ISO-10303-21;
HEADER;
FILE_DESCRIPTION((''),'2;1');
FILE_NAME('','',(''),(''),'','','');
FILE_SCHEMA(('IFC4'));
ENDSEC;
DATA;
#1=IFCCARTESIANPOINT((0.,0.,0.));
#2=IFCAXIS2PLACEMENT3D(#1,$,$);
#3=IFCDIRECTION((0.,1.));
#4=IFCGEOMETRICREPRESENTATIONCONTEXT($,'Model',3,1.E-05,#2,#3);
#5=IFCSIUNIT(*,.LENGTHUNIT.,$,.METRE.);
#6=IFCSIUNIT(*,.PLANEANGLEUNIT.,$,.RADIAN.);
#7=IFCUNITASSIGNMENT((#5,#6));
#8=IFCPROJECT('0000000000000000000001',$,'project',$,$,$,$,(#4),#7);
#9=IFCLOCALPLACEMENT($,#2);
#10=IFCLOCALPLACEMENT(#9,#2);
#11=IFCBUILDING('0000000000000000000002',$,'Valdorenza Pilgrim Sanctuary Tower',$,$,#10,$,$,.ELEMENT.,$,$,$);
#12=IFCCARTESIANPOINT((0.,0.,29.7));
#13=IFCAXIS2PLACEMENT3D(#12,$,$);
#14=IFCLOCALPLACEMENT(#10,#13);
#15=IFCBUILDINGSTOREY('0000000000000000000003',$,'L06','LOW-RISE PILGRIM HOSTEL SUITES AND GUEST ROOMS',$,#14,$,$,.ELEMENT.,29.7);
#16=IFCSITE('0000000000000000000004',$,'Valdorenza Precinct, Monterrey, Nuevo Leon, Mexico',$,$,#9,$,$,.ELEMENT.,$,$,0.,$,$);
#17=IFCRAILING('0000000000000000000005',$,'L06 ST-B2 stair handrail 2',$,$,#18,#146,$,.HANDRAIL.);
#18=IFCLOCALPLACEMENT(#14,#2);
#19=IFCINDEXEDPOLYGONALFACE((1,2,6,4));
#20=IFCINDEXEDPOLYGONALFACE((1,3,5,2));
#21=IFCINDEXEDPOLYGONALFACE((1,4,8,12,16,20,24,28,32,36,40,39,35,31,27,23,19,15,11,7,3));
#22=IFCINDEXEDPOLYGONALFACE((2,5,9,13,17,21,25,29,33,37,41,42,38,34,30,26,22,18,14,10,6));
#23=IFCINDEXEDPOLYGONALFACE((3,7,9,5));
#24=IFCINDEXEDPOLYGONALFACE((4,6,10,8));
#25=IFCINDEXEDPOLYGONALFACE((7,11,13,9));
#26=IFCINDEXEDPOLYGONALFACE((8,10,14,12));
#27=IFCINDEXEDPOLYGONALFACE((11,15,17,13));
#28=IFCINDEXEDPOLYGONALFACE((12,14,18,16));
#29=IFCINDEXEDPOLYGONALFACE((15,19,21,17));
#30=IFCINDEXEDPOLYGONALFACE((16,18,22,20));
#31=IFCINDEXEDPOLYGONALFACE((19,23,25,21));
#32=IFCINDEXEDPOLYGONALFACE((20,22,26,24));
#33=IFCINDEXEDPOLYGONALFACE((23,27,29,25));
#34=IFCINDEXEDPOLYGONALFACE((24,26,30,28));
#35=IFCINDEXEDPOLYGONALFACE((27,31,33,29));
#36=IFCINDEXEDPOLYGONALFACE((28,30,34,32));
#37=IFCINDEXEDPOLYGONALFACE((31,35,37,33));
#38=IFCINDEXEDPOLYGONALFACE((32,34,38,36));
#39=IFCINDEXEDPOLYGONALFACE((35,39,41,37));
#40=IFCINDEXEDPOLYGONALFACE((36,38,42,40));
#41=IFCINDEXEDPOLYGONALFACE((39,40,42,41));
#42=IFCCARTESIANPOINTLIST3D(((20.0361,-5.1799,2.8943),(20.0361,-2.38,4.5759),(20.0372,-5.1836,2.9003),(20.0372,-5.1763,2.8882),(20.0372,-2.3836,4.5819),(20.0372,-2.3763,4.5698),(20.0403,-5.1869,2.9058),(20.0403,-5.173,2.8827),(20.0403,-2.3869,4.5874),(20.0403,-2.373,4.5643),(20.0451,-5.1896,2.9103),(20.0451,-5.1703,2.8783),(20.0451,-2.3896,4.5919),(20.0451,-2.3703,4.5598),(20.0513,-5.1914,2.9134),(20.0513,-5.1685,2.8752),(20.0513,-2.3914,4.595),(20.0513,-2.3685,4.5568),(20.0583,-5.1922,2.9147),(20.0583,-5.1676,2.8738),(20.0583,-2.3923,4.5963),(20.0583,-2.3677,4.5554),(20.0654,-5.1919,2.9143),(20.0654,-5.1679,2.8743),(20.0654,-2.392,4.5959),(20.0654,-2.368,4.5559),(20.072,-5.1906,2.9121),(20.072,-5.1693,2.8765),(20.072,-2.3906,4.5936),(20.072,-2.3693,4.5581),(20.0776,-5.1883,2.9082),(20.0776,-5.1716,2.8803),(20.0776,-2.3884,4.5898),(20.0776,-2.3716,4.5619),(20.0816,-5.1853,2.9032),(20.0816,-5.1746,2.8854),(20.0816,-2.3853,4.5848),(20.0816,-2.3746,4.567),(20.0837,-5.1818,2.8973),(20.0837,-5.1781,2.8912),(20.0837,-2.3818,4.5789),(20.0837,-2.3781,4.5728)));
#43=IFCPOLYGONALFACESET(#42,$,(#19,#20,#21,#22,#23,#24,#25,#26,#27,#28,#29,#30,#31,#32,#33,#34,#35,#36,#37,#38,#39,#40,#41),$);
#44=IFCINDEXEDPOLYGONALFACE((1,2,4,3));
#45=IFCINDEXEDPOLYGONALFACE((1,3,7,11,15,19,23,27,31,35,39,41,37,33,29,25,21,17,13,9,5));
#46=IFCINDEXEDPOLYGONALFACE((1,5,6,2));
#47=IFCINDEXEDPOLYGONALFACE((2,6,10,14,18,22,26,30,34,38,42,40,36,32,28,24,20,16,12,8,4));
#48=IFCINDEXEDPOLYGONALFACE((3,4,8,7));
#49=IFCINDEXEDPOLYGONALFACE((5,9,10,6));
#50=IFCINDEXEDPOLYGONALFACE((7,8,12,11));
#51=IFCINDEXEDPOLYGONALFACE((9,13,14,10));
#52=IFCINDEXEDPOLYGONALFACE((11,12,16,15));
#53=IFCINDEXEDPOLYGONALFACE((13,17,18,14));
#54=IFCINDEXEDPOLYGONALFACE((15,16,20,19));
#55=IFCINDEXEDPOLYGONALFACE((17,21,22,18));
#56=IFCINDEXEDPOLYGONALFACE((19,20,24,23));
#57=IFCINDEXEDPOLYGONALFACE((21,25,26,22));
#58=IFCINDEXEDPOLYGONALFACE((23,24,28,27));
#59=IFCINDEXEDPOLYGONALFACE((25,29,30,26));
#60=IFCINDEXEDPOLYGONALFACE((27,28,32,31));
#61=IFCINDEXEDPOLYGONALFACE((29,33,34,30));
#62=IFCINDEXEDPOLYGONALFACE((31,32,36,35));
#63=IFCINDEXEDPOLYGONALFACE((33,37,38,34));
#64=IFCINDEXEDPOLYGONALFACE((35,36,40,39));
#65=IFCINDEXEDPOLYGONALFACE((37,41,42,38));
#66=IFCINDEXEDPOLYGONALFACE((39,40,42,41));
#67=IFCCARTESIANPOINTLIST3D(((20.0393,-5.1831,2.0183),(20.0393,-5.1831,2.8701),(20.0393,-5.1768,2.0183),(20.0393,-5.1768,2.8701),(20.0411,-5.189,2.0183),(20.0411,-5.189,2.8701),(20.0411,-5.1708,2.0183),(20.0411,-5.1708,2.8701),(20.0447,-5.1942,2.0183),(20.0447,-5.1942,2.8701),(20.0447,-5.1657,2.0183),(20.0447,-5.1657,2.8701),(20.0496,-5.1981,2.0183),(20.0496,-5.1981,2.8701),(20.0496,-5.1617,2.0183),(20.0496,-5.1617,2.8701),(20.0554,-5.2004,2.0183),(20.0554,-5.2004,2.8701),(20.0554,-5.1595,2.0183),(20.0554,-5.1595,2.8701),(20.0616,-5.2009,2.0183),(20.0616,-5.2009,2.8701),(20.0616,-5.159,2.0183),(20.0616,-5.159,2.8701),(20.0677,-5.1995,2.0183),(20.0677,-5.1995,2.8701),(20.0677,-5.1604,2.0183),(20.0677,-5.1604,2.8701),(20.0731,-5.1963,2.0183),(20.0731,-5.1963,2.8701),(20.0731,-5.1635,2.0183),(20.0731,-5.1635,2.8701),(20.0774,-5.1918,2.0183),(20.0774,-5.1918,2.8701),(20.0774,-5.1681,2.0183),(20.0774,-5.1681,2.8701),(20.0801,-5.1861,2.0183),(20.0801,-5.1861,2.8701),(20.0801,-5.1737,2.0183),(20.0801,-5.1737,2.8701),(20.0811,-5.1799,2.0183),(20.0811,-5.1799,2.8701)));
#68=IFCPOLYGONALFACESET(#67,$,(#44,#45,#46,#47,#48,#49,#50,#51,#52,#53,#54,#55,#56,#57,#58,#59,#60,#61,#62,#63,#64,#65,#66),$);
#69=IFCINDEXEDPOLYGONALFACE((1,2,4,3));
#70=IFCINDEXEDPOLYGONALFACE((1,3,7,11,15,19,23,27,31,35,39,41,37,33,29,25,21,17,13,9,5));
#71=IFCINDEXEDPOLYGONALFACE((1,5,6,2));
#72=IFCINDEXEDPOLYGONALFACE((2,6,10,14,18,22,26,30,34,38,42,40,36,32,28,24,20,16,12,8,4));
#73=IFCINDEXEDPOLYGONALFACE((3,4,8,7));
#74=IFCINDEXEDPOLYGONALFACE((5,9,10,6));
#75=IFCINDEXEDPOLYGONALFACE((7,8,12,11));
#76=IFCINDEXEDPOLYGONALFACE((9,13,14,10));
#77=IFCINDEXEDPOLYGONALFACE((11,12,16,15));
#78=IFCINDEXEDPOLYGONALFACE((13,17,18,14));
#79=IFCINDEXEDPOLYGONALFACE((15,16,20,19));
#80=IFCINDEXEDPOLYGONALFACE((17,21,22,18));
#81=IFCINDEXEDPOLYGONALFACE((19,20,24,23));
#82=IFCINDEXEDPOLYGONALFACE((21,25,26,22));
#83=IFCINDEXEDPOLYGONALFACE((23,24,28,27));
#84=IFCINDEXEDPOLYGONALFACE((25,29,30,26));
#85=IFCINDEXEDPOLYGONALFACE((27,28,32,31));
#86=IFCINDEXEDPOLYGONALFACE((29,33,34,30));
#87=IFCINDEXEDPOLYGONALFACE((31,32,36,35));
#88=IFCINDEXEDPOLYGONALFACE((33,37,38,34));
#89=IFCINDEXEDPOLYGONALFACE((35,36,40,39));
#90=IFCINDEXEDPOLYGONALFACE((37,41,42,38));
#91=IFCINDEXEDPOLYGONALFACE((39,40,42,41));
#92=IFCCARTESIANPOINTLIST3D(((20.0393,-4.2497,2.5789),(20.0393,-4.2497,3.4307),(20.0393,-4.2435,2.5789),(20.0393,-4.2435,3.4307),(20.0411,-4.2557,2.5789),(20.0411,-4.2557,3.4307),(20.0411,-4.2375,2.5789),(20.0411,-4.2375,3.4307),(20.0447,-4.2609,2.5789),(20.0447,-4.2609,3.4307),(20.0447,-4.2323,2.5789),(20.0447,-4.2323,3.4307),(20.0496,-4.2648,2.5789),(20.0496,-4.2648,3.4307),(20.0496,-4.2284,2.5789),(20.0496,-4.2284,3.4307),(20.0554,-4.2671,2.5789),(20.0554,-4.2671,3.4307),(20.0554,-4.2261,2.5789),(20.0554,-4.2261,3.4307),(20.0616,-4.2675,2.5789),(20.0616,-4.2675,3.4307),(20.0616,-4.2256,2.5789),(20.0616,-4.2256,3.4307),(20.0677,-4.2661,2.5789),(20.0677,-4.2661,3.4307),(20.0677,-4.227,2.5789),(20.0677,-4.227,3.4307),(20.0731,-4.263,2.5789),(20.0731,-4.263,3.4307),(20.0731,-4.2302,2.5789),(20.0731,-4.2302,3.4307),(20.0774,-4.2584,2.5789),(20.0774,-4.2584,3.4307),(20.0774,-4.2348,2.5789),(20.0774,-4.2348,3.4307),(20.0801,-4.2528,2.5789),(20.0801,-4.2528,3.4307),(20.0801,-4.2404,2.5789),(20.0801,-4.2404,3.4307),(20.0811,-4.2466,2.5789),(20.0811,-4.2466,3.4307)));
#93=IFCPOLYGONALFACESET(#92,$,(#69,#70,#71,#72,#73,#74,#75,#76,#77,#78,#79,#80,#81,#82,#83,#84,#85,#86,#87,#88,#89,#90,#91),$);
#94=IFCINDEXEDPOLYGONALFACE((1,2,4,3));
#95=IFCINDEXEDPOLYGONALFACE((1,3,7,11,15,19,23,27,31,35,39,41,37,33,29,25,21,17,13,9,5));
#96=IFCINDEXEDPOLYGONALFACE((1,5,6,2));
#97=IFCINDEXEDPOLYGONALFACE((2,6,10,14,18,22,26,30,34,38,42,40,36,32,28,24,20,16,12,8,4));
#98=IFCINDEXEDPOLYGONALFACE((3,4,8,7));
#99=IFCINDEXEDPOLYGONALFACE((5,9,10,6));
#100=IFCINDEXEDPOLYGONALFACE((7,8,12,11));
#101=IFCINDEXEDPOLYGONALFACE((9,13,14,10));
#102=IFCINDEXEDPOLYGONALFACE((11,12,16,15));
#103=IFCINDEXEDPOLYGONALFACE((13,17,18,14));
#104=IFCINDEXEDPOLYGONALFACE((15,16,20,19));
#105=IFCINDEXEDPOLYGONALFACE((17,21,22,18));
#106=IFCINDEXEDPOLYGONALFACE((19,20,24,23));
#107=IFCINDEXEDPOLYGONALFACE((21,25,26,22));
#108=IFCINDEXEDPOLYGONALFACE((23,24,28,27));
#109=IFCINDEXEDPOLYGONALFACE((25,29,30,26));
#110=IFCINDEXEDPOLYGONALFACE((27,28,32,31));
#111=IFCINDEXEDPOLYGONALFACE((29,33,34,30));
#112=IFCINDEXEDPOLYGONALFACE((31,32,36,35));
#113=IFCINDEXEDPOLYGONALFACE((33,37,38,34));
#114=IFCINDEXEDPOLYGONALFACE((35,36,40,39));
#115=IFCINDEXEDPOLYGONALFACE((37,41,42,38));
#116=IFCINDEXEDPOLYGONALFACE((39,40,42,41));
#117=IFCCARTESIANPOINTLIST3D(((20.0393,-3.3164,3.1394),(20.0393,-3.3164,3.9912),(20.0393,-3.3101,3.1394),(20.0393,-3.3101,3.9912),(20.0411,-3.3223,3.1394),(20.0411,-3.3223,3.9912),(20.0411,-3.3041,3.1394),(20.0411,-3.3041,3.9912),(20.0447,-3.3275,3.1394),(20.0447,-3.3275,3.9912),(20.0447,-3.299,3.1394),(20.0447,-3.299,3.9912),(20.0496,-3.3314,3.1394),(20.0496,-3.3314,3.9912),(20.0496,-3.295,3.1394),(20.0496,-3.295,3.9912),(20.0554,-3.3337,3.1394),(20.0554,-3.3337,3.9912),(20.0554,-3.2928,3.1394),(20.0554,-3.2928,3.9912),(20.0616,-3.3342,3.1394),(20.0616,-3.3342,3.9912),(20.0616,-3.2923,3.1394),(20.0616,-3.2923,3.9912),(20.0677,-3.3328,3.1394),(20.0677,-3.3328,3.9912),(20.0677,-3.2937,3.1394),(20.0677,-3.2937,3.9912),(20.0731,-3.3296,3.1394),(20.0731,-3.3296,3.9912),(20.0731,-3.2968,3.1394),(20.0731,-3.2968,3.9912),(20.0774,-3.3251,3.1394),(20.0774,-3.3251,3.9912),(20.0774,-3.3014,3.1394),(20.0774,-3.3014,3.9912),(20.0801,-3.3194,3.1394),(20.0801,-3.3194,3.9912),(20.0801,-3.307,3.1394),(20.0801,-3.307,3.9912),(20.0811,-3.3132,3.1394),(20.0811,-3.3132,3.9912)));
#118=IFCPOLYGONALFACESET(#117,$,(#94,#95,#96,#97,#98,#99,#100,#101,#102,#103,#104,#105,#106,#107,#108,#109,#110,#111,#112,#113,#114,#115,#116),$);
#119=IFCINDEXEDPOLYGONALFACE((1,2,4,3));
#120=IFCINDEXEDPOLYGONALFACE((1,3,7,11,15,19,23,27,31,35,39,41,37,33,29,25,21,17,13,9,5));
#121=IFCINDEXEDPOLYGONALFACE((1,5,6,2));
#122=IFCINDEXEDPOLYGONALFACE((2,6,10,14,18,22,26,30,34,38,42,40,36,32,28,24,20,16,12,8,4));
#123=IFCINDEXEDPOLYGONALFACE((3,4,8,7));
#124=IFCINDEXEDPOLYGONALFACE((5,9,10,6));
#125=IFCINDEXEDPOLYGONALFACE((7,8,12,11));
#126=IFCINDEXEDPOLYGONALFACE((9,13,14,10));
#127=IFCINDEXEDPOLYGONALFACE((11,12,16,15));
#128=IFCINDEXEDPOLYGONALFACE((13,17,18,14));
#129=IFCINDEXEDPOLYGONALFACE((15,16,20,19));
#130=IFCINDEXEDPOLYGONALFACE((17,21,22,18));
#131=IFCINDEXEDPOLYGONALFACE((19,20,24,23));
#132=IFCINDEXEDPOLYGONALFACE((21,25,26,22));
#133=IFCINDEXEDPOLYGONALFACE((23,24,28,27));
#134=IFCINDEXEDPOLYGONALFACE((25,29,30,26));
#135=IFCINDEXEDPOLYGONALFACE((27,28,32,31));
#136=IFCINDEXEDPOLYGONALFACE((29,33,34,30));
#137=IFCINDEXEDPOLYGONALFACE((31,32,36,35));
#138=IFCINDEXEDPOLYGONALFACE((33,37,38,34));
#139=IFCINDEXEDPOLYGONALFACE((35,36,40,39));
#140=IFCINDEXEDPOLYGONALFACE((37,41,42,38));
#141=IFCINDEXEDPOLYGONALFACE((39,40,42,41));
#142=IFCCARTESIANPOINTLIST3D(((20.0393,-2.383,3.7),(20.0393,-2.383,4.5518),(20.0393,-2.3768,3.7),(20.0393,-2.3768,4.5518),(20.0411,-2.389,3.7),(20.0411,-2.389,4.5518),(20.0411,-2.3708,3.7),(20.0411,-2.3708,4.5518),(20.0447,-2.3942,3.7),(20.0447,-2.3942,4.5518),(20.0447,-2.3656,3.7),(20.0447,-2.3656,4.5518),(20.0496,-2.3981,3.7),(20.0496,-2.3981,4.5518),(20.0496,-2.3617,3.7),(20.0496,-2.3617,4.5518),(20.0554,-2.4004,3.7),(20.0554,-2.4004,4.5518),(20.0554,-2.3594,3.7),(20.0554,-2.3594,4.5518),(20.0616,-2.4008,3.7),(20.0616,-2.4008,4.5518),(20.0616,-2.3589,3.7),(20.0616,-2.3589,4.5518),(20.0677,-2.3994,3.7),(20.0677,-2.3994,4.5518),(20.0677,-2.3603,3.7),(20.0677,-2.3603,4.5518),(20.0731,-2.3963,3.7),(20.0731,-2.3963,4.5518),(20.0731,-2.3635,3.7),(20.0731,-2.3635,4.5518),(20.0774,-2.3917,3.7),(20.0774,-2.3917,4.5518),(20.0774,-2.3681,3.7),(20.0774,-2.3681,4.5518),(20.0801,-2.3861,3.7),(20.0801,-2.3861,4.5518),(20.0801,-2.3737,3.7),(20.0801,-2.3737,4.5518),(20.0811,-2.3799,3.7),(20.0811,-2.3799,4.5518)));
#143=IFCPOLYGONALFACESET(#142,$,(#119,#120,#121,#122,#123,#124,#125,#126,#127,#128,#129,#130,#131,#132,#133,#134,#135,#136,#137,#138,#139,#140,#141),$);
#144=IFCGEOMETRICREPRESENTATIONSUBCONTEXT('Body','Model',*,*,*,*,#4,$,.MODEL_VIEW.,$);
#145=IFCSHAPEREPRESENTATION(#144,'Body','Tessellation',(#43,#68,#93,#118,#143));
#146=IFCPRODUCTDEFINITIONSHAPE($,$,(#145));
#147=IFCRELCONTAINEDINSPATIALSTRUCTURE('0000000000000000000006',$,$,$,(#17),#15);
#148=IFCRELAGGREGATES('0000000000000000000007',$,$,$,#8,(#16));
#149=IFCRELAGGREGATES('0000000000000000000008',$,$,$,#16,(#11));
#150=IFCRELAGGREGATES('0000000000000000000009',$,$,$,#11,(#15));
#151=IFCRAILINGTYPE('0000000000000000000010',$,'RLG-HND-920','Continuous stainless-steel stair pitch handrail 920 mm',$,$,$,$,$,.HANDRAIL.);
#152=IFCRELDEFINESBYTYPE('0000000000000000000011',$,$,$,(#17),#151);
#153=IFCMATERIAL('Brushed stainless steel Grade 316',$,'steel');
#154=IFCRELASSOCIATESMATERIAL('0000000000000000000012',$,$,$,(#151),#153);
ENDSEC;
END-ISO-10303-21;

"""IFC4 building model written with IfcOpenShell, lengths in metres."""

from ifc_helpers import new_model, si_unit, direction, frame, origin, origin_2d, place, context, subcontext, project, spatial, circle, extrude, material, type_object, element, save


model = new_model("IFC4")

# Units and contexts
model_context = context("Model", 3, precision=1e-05, world=origin(), true_north=direction((0.0, 1.0)))
body_context = subcontext(model_context, "Body", "Model", "MODEL_VIEW")
ifc_project = project(units=[si_unit("LENGTHUNIT", "METRE"), si_unit("PLANEANGLEUNIT", "RADIAN")], contexts=[model_context])

# Site, building, storey
site_placement = place(None, origin())
site = spatial("IfcSite", under=ifc_project, at=site_placement, Name="Valdorenza Precinct, Monterrey, Nuevo Leon, Mexico", CompositionType="ELEMENT", RefElevation=0.0)
building_placement = place(site_placement, origin())
building = spatial("IfcBuilding", under=site, at=building_placement, Name="Valdorenza Pilgrim Sanctuary Tower", CompositionType="ELEMENT")
storey_placement = place(building_placement, frame((0.0, 0.0, 29.7)))
storey = spatial("IfcBuildingStorey", under=building, at=storey_placement, Name="L06", Description="LOW-RISE PILGRIM HOSTEL SUITES AND GUEST ROOMS", CompositionType="ELEMENT", Elevation=29.7)

# Shared definitions
ifc_material_1 = material(Name="Brushed stainless steel Grade 316", Category="steel")

# Railing
railing_type_1 = type_object("IfcRailingType", Name="RLG-HND-920", Description="Continuous stainless-steel stair pitch handrail 920 mm", PredefinedType="HANDRAIL", material=ifc_material_1)
railing_1_placement = place(storey_placement, frame((20.0601, -5.1799, 2.0183)))
element("IfcRailing", 1, at=railing_1_placement, inside=storey, type_object=railing_type_1, Name="L06 ST-B2 stair handrail 2", PredefinedType="HANDRAIL", context=body_context, shape_type="SweptSolid", body=[
    extrude(circle(Radius=0.0239, at=origin_2d()), frame((0.0, 0.0, 0.876), z_axis=(0.0, 0.857275, 0.514858), x_axis=(-1.0, 0.0, 0.0)), (0.0, 0.0, 1.0), 3.2661),
    extrude(circle(Radius=0.021, at=origin_2d()), origin(), (0.0, 0.0, 1.0), 0.8518),
    extrude(circle(Radius=0.021, at=origin_2d()), frame((0.0, 0.9333, 0.5605)), (0.0, 0.0, 1.0), 0.8518),
    extrude(circle(Radius=0.021, at=origin_2d()), frame((0.0, 1.8667, 1.1211)), (0.0, 0.0, 1.0), 0.8518),
    extrude(circle(Radius=0.021, at=origin_2d()), frame((0.0, 2.8, 1.6816)), (0.0, 0.0, 1.0), 0.8518),
])

save(model, "model.ifc")
